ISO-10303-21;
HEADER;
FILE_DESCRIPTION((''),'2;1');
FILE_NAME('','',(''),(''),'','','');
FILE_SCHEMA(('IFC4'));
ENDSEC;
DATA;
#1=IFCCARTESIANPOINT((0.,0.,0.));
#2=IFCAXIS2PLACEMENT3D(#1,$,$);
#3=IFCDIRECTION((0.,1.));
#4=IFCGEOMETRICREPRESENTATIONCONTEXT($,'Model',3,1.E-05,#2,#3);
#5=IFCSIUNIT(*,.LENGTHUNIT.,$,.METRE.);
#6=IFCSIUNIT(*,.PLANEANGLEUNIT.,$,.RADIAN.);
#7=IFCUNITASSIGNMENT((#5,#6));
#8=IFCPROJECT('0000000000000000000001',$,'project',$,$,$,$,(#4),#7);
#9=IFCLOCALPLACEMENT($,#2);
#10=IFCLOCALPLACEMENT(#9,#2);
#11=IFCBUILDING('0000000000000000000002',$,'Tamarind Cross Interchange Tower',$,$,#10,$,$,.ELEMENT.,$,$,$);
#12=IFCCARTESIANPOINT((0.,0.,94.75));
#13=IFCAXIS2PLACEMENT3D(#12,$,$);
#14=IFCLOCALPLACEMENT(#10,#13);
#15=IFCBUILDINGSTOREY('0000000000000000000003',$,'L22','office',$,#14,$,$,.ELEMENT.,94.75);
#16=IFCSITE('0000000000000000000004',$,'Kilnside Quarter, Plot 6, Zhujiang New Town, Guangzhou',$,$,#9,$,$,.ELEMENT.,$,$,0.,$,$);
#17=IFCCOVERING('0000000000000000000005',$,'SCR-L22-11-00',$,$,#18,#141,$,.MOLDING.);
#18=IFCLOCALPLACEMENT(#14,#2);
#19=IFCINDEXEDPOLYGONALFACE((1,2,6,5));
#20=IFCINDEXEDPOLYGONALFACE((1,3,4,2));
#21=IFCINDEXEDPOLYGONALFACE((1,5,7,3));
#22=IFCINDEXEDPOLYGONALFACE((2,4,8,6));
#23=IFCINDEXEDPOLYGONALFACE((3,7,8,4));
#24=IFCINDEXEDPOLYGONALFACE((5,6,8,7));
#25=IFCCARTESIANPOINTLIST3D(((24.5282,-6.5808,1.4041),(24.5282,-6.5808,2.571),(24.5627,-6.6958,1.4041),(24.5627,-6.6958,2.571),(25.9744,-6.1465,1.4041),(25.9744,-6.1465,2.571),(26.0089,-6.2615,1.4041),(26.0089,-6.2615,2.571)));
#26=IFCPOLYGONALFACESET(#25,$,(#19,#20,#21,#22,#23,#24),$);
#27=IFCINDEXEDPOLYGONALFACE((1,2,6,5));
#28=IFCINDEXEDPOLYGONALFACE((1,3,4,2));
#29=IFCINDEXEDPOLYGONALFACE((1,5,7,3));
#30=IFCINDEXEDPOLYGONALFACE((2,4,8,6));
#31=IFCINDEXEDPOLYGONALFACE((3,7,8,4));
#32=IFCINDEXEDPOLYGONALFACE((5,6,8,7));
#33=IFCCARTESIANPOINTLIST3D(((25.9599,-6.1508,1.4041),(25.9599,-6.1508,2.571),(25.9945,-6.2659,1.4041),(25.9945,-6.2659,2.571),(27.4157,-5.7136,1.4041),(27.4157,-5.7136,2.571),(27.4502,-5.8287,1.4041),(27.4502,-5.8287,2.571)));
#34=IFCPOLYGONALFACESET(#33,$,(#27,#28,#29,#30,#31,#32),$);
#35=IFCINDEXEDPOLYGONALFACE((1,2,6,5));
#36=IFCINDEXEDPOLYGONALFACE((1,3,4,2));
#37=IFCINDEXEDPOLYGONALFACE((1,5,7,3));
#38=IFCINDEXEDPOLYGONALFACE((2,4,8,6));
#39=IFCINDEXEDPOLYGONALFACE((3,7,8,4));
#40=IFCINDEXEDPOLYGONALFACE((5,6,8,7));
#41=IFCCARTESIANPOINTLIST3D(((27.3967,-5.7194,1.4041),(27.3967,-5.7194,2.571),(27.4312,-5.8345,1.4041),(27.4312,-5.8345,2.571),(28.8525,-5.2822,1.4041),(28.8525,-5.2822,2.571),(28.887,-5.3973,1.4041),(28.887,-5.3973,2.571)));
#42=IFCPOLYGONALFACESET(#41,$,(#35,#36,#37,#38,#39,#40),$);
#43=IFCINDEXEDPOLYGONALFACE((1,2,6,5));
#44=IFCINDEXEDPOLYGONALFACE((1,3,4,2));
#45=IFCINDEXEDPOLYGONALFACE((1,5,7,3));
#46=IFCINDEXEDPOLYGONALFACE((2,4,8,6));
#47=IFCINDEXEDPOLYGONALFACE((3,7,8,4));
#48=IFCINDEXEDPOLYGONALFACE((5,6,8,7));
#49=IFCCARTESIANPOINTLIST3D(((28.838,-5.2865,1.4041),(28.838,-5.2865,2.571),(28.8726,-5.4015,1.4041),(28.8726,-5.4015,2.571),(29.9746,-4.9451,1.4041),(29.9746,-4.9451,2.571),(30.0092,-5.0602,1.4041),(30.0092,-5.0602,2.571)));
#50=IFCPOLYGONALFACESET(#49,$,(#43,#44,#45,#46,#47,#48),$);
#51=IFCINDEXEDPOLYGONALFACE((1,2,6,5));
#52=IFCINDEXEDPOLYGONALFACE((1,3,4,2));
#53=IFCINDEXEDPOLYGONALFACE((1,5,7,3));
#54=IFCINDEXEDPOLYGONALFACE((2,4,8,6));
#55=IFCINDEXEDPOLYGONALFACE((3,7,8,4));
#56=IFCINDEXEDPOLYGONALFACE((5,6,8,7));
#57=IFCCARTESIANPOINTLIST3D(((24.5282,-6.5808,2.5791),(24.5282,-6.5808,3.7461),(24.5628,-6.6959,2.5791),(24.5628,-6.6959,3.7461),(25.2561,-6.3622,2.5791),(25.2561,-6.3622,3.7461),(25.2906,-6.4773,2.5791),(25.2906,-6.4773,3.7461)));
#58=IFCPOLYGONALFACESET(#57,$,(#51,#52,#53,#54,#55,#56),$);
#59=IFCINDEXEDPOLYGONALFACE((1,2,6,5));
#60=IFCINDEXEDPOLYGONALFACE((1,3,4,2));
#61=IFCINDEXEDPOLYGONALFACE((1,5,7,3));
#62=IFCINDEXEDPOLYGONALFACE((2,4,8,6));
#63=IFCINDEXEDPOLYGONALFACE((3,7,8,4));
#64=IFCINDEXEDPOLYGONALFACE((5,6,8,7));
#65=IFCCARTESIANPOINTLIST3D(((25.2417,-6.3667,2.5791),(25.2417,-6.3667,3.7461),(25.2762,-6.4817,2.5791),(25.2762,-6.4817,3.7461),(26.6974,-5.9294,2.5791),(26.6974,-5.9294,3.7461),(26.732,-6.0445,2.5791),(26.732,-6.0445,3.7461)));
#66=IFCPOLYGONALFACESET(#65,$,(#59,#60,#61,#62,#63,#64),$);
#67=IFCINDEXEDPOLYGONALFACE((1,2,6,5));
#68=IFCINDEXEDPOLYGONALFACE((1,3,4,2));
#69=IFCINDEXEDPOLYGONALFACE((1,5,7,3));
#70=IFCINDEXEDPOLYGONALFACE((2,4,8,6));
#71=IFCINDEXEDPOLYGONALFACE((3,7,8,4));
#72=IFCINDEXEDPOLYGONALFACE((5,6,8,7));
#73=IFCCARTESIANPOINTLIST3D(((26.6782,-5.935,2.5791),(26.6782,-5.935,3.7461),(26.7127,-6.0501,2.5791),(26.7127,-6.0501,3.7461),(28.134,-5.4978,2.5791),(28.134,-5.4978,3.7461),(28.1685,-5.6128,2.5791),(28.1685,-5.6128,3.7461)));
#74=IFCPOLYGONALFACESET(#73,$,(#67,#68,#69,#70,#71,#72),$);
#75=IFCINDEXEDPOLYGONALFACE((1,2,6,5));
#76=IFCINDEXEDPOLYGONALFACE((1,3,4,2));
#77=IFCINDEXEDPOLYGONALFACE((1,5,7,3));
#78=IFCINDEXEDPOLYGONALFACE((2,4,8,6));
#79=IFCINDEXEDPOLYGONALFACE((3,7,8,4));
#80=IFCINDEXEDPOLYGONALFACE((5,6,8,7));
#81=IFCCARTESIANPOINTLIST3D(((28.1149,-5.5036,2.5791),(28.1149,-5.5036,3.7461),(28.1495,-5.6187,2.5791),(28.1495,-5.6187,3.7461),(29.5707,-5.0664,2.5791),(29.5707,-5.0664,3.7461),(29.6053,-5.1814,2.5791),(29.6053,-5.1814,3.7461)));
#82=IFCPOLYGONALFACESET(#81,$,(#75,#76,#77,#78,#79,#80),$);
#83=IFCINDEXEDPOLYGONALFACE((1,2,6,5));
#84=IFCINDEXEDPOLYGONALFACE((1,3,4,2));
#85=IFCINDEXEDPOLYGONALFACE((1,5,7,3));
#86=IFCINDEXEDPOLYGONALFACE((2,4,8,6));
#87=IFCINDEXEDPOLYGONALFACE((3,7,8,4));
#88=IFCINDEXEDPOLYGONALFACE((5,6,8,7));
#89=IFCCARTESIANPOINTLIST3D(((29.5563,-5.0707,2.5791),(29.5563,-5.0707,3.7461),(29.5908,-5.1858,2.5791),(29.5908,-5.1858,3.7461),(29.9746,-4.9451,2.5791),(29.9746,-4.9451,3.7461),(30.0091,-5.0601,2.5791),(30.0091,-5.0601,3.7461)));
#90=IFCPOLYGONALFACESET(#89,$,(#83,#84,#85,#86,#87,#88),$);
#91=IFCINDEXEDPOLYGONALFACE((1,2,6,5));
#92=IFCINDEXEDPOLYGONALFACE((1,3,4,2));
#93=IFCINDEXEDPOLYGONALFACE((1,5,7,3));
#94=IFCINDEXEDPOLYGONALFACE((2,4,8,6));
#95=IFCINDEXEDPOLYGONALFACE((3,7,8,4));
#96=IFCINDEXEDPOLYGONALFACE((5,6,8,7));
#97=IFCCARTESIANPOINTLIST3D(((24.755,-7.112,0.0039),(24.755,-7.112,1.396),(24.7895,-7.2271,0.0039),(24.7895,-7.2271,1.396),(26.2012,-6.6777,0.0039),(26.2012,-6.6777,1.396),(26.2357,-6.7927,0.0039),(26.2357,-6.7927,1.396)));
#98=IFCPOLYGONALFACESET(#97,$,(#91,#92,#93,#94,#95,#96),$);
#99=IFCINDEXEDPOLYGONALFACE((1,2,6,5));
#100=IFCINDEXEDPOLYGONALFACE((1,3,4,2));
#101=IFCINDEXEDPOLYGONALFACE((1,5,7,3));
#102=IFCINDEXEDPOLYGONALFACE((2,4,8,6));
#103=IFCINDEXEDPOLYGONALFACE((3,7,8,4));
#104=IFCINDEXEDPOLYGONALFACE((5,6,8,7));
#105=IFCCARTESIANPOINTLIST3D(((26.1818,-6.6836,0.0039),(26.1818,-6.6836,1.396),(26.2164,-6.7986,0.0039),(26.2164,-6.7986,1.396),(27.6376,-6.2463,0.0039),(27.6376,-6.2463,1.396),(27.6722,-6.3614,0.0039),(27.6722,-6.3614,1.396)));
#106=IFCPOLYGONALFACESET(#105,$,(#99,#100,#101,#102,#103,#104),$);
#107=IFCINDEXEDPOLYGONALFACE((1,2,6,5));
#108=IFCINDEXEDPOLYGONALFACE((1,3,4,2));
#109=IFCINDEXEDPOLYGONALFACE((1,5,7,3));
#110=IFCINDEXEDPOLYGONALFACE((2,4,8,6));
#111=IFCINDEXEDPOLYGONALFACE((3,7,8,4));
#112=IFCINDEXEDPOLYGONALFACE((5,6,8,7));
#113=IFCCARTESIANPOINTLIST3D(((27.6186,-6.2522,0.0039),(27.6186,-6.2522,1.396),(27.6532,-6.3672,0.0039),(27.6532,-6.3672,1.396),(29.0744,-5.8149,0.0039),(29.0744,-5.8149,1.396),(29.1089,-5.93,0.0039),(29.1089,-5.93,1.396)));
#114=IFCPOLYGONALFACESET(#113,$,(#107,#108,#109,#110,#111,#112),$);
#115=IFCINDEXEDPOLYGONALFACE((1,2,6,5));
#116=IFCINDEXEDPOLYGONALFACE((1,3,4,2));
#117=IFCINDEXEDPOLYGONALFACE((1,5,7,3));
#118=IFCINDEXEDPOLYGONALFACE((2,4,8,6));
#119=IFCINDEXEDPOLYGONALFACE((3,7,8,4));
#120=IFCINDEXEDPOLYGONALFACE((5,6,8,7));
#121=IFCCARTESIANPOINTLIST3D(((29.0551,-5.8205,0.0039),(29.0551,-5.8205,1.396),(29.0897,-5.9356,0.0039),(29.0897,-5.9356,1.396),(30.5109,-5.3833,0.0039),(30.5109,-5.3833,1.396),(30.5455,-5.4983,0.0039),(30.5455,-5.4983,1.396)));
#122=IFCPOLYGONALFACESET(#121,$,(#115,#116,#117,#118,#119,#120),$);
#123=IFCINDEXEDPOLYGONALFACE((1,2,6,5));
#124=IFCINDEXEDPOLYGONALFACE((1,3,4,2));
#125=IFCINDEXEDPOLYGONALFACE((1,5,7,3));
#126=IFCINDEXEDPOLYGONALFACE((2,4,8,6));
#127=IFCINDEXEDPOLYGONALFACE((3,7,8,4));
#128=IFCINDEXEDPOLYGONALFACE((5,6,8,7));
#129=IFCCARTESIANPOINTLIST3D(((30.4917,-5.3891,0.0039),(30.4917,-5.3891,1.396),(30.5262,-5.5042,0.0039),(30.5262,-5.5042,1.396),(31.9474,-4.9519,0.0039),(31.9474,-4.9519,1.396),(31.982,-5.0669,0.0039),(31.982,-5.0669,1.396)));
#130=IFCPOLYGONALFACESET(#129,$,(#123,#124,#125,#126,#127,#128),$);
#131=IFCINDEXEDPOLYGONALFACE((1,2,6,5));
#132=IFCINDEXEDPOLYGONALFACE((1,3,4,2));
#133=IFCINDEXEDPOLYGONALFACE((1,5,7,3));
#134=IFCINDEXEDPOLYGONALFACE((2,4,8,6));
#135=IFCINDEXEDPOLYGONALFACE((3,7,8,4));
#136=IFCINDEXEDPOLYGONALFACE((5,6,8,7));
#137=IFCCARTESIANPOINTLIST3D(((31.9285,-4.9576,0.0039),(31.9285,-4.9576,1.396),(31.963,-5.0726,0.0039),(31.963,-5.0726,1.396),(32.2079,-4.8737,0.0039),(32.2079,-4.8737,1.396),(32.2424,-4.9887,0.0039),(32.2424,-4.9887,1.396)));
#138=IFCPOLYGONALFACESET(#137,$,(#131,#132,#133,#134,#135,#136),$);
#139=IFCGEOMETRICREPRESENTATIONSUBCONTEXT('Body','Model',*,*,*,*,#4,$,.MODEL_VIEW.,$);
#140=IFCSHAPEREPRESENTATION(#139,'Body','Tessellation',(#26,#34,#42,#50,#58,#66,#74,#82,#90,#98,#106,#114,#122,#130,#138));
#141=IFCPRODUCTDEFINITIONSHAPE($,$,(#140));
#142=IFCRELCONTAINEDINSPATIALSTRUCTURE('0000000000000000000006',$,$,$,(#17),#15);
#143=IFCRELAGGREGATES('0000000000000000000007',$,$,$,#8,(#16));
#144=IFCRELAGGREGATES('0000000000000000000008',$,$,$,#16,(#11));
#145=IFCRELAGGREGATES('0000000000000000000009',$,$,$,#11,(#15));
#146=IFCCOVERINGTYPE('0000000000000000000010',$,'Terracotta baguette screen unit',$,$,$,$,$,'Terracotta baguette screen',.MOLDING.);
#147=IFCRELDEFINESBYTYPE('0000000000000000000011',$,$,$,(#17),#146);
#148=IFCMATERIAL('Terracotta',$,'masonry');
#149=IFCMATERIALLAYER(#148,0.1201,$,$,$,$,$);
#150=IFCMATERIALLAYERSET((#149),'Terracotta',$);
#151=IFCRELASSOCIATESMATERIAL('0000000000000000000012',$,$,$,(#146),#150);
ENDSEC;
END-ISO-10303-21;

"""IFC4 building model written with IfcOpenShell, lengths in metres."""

from ifc_helpers import new_model, si_unit, direction, frame, origin, origin_2d, place, context, subcontext, project, spatial, rectangle, extrude, material, layer, layer_set, type_object, element, save


model = new_model("IFC4")

# Units and contexts
model_context = context("Model", 3, precision=1e-05, world=origin(), true_north=direction((0.0, 1.0)))
body_context = subcontext(model_context, "Body", "Model", "MODEL_VIEW")
ifc_project = project(units=[si_unit("LENGTHUNIT", "METRE"), si_unit("PLANEANGLEUNIT", "RADIAN")], contexts=[model_context])

# Site, building, storey
site_placement = place(None, origin())
site = spatial("IfcSite", under=ifc_project, at=site_placement, Name="Kilnside Quarter, Plot 6, Zhujiang New Town, Guangzhou", CompositionType="ELEMENT", RefElevation=0.0)
building_placement = place(site_placement, origin())
building = spatial("IfcBuilding", under=site, at=building_placement, Name="Tamarind Cross Interchange Tower", CompositionType="ELEMENT")
storey_placement = place(building_placement, frame((0.0, 0.0, 94.75)))
storey = spatial("IfcBuildingStorey", under=building, at=storey_placement, Name="L22", Description="office", CompositionType="ELEMENT", Elevation=94.75)

# Covering
ifc_material_1 = material(Name="Terracotta", Category="masonry")
ifc_layer_1 = layer(ifc_material_1, 0.1201)
ifc_layer_set_1 = layer_set([ifc_layer_1], Name="Terracotta")
covering_type = type_object("IfcCoveringType", Name="Terracotta baguette screen unit", ElementType="Terracotta baguette screen", PredefinedType="MOLDING", material=ifc_layer_set_1)
covering_1_placement = place(storey_placement, origin())
element("IfcCovering", 1, at=covering_1_placement, inside=storey, type_object=covering_type, Name="SCR-L22-11-00", PredefinedType="MOLDING", context=body_context, shape_type="SweptSolid", body=[
    extrude(rectangle(XDim=1.51, YDim=0.1201, at=origin_2d()), frame((25.2686, -6.4211, 1.4041), z_axis=(0.0, 0.0, 1.0), x_axis=(0.957738, 0.287641, 0.0)), (0.0, 0.0, 1.0), 1.167),
    extrude(rectangle(XDim=1.52, YDim=0.1201, at=origin_2d()), frame((26.7051, -5.9897, 1.4041), z_axis=(0.0, 0.0, 1.0), x_axis=(0.957738, 0.287641, 0.0)), (0.0, 0.0, 1.0), 1.167),
    extrude(rectangle(XDim=1.52, YDim=0.1201, at=origin_2d()), frame((28.1418, -5.5583, 1.4041), z_axis=(0.0, 0.0, 1.0), x_axis=(0.957738, 0.287641, 0.0)), (0.0, 0.0, 1.0), 1.167),
    extrude(rectangle(XDim=1.1868, YDim=0.1201, at=origin_2d()), frame((29.4236, -5.1733, 1.4041), z_axis=(0.0, 0.0, 1.0), x_axis=(0.957738, 0.287641, 0.0)), (0.0, 0.0, 1.0), 1.167),
    extrude(rectangle(XDim=0.76, YDim=0.1201, at=origin_2d()), frame((24.9094, -6.5291, 2.5791), z_axis=(0.0, 0.0, 1.0), x_axis=(0.957738, 0.287641, 0.0)), (0.0, 0.0, 1.0), 1.167),
    extrude(rectangle(XDim=1.52, YDim=0.1201, at=origin_2d()), frame((25.9868, -6.2056, 2.5791), z_axis=(0.0, 0.0, 1.0), x_axis=(0.957738, 0.287641, 0.0)), (0.0, 0.0, 1.0), 1.167),
    extrude(rectangle(XDim=1.52, YDim=0.1201, at=origin_2d()), frame((27.4233, -5.7739, 2.5791), z_axis=(0.0, 0.0, 1.0), x_axis=(0.957738, 0.287641, 0.0)), (0.0, 0.0, 1.0), 1.167),
    extrude(rectangle(XDim=1.52, YDim=0.1201, at=origin_2d()), frame((28.8601, -5.3425, 2.5791), z_axis=(0.0, 0.0, 1.0), x_axis=(0.957738, 0.287641, 0.0)), (0.0, 0.0, 1.0), 1.167),
    extrude(rectangle(XDim=0.4368, YDim=0.1201, at=origin_2d()), frame((29.7827, -5.0654, 2.5791), z_axis=(0.0, 0.0, 1.0), x_axis=(0.957738, 0.287641, 0.0)), (0.0, 0.0, 1.0), 1.167),
    extrude(rectangle(XDim=1.51, YDim=0.1201, at=origin_2d()), frame((25.4954, -6.9524, 0.0039), z_axis=(0.0, 0.0, 1.0), x_axis=(0.957738, 0.287641, 0.0)), (0.0, 0.0, 1.0), 1.3921),
    extrude(rectangle(XDim=1.52, YDim=0.1201, at=origin_2d()), frame((26.927, -6.5225, 0.0039), z_axis=(0.0, 0.0, 1.0), x_axis=(0.957738, 0.287641, 0.0)), (0.0, 0.0, 1.0), 1.3921),
    extrude(rectangle(XDim=1.52, YDim=0.1201, at=origin_2d()), frame((28.3638, -6.0911, 0.0039), z_axis=(0.0, 0.0, 1.0), x_axis=(0.957738, 0.287641, 0.0)), (0.0, 0.0, 1.0), 1.3921),
    extrude(rectangle(XDim=1.52, YDim=0.1201, at=origin_2d()), frame((29.8003, -5.6594, 0.0039), z_axis=(0.0, 0.0, 1.0), x_axis=(0.957738, 0.287641, 0.0)), (0.0, 0.0, 1.0), 1.3921),
    extrude(rectangle(XDim=1.52, YDim=0.1201, at=origin_2d()), frame((31.2368, -5.228, 0.0039), z_axis=(0.0, 0.0, 1.0), x_axis=(0.957738, 0.287641, 0.0)), (0.0, 0.0, 1.0), 1.3921),
    extrude(rectangle(XDim=0.2917, YDim=0.1201, at=origin_2d()), frame((32.0854, -4.9731, 0.0039), z_axis=(0.0, 0.0, 1.0), x_axis=(0.957738, 0.287641, 0.0)), (0.0, 0.0, 1.0), 1.3921),
])

save(model, "model.ifc")
